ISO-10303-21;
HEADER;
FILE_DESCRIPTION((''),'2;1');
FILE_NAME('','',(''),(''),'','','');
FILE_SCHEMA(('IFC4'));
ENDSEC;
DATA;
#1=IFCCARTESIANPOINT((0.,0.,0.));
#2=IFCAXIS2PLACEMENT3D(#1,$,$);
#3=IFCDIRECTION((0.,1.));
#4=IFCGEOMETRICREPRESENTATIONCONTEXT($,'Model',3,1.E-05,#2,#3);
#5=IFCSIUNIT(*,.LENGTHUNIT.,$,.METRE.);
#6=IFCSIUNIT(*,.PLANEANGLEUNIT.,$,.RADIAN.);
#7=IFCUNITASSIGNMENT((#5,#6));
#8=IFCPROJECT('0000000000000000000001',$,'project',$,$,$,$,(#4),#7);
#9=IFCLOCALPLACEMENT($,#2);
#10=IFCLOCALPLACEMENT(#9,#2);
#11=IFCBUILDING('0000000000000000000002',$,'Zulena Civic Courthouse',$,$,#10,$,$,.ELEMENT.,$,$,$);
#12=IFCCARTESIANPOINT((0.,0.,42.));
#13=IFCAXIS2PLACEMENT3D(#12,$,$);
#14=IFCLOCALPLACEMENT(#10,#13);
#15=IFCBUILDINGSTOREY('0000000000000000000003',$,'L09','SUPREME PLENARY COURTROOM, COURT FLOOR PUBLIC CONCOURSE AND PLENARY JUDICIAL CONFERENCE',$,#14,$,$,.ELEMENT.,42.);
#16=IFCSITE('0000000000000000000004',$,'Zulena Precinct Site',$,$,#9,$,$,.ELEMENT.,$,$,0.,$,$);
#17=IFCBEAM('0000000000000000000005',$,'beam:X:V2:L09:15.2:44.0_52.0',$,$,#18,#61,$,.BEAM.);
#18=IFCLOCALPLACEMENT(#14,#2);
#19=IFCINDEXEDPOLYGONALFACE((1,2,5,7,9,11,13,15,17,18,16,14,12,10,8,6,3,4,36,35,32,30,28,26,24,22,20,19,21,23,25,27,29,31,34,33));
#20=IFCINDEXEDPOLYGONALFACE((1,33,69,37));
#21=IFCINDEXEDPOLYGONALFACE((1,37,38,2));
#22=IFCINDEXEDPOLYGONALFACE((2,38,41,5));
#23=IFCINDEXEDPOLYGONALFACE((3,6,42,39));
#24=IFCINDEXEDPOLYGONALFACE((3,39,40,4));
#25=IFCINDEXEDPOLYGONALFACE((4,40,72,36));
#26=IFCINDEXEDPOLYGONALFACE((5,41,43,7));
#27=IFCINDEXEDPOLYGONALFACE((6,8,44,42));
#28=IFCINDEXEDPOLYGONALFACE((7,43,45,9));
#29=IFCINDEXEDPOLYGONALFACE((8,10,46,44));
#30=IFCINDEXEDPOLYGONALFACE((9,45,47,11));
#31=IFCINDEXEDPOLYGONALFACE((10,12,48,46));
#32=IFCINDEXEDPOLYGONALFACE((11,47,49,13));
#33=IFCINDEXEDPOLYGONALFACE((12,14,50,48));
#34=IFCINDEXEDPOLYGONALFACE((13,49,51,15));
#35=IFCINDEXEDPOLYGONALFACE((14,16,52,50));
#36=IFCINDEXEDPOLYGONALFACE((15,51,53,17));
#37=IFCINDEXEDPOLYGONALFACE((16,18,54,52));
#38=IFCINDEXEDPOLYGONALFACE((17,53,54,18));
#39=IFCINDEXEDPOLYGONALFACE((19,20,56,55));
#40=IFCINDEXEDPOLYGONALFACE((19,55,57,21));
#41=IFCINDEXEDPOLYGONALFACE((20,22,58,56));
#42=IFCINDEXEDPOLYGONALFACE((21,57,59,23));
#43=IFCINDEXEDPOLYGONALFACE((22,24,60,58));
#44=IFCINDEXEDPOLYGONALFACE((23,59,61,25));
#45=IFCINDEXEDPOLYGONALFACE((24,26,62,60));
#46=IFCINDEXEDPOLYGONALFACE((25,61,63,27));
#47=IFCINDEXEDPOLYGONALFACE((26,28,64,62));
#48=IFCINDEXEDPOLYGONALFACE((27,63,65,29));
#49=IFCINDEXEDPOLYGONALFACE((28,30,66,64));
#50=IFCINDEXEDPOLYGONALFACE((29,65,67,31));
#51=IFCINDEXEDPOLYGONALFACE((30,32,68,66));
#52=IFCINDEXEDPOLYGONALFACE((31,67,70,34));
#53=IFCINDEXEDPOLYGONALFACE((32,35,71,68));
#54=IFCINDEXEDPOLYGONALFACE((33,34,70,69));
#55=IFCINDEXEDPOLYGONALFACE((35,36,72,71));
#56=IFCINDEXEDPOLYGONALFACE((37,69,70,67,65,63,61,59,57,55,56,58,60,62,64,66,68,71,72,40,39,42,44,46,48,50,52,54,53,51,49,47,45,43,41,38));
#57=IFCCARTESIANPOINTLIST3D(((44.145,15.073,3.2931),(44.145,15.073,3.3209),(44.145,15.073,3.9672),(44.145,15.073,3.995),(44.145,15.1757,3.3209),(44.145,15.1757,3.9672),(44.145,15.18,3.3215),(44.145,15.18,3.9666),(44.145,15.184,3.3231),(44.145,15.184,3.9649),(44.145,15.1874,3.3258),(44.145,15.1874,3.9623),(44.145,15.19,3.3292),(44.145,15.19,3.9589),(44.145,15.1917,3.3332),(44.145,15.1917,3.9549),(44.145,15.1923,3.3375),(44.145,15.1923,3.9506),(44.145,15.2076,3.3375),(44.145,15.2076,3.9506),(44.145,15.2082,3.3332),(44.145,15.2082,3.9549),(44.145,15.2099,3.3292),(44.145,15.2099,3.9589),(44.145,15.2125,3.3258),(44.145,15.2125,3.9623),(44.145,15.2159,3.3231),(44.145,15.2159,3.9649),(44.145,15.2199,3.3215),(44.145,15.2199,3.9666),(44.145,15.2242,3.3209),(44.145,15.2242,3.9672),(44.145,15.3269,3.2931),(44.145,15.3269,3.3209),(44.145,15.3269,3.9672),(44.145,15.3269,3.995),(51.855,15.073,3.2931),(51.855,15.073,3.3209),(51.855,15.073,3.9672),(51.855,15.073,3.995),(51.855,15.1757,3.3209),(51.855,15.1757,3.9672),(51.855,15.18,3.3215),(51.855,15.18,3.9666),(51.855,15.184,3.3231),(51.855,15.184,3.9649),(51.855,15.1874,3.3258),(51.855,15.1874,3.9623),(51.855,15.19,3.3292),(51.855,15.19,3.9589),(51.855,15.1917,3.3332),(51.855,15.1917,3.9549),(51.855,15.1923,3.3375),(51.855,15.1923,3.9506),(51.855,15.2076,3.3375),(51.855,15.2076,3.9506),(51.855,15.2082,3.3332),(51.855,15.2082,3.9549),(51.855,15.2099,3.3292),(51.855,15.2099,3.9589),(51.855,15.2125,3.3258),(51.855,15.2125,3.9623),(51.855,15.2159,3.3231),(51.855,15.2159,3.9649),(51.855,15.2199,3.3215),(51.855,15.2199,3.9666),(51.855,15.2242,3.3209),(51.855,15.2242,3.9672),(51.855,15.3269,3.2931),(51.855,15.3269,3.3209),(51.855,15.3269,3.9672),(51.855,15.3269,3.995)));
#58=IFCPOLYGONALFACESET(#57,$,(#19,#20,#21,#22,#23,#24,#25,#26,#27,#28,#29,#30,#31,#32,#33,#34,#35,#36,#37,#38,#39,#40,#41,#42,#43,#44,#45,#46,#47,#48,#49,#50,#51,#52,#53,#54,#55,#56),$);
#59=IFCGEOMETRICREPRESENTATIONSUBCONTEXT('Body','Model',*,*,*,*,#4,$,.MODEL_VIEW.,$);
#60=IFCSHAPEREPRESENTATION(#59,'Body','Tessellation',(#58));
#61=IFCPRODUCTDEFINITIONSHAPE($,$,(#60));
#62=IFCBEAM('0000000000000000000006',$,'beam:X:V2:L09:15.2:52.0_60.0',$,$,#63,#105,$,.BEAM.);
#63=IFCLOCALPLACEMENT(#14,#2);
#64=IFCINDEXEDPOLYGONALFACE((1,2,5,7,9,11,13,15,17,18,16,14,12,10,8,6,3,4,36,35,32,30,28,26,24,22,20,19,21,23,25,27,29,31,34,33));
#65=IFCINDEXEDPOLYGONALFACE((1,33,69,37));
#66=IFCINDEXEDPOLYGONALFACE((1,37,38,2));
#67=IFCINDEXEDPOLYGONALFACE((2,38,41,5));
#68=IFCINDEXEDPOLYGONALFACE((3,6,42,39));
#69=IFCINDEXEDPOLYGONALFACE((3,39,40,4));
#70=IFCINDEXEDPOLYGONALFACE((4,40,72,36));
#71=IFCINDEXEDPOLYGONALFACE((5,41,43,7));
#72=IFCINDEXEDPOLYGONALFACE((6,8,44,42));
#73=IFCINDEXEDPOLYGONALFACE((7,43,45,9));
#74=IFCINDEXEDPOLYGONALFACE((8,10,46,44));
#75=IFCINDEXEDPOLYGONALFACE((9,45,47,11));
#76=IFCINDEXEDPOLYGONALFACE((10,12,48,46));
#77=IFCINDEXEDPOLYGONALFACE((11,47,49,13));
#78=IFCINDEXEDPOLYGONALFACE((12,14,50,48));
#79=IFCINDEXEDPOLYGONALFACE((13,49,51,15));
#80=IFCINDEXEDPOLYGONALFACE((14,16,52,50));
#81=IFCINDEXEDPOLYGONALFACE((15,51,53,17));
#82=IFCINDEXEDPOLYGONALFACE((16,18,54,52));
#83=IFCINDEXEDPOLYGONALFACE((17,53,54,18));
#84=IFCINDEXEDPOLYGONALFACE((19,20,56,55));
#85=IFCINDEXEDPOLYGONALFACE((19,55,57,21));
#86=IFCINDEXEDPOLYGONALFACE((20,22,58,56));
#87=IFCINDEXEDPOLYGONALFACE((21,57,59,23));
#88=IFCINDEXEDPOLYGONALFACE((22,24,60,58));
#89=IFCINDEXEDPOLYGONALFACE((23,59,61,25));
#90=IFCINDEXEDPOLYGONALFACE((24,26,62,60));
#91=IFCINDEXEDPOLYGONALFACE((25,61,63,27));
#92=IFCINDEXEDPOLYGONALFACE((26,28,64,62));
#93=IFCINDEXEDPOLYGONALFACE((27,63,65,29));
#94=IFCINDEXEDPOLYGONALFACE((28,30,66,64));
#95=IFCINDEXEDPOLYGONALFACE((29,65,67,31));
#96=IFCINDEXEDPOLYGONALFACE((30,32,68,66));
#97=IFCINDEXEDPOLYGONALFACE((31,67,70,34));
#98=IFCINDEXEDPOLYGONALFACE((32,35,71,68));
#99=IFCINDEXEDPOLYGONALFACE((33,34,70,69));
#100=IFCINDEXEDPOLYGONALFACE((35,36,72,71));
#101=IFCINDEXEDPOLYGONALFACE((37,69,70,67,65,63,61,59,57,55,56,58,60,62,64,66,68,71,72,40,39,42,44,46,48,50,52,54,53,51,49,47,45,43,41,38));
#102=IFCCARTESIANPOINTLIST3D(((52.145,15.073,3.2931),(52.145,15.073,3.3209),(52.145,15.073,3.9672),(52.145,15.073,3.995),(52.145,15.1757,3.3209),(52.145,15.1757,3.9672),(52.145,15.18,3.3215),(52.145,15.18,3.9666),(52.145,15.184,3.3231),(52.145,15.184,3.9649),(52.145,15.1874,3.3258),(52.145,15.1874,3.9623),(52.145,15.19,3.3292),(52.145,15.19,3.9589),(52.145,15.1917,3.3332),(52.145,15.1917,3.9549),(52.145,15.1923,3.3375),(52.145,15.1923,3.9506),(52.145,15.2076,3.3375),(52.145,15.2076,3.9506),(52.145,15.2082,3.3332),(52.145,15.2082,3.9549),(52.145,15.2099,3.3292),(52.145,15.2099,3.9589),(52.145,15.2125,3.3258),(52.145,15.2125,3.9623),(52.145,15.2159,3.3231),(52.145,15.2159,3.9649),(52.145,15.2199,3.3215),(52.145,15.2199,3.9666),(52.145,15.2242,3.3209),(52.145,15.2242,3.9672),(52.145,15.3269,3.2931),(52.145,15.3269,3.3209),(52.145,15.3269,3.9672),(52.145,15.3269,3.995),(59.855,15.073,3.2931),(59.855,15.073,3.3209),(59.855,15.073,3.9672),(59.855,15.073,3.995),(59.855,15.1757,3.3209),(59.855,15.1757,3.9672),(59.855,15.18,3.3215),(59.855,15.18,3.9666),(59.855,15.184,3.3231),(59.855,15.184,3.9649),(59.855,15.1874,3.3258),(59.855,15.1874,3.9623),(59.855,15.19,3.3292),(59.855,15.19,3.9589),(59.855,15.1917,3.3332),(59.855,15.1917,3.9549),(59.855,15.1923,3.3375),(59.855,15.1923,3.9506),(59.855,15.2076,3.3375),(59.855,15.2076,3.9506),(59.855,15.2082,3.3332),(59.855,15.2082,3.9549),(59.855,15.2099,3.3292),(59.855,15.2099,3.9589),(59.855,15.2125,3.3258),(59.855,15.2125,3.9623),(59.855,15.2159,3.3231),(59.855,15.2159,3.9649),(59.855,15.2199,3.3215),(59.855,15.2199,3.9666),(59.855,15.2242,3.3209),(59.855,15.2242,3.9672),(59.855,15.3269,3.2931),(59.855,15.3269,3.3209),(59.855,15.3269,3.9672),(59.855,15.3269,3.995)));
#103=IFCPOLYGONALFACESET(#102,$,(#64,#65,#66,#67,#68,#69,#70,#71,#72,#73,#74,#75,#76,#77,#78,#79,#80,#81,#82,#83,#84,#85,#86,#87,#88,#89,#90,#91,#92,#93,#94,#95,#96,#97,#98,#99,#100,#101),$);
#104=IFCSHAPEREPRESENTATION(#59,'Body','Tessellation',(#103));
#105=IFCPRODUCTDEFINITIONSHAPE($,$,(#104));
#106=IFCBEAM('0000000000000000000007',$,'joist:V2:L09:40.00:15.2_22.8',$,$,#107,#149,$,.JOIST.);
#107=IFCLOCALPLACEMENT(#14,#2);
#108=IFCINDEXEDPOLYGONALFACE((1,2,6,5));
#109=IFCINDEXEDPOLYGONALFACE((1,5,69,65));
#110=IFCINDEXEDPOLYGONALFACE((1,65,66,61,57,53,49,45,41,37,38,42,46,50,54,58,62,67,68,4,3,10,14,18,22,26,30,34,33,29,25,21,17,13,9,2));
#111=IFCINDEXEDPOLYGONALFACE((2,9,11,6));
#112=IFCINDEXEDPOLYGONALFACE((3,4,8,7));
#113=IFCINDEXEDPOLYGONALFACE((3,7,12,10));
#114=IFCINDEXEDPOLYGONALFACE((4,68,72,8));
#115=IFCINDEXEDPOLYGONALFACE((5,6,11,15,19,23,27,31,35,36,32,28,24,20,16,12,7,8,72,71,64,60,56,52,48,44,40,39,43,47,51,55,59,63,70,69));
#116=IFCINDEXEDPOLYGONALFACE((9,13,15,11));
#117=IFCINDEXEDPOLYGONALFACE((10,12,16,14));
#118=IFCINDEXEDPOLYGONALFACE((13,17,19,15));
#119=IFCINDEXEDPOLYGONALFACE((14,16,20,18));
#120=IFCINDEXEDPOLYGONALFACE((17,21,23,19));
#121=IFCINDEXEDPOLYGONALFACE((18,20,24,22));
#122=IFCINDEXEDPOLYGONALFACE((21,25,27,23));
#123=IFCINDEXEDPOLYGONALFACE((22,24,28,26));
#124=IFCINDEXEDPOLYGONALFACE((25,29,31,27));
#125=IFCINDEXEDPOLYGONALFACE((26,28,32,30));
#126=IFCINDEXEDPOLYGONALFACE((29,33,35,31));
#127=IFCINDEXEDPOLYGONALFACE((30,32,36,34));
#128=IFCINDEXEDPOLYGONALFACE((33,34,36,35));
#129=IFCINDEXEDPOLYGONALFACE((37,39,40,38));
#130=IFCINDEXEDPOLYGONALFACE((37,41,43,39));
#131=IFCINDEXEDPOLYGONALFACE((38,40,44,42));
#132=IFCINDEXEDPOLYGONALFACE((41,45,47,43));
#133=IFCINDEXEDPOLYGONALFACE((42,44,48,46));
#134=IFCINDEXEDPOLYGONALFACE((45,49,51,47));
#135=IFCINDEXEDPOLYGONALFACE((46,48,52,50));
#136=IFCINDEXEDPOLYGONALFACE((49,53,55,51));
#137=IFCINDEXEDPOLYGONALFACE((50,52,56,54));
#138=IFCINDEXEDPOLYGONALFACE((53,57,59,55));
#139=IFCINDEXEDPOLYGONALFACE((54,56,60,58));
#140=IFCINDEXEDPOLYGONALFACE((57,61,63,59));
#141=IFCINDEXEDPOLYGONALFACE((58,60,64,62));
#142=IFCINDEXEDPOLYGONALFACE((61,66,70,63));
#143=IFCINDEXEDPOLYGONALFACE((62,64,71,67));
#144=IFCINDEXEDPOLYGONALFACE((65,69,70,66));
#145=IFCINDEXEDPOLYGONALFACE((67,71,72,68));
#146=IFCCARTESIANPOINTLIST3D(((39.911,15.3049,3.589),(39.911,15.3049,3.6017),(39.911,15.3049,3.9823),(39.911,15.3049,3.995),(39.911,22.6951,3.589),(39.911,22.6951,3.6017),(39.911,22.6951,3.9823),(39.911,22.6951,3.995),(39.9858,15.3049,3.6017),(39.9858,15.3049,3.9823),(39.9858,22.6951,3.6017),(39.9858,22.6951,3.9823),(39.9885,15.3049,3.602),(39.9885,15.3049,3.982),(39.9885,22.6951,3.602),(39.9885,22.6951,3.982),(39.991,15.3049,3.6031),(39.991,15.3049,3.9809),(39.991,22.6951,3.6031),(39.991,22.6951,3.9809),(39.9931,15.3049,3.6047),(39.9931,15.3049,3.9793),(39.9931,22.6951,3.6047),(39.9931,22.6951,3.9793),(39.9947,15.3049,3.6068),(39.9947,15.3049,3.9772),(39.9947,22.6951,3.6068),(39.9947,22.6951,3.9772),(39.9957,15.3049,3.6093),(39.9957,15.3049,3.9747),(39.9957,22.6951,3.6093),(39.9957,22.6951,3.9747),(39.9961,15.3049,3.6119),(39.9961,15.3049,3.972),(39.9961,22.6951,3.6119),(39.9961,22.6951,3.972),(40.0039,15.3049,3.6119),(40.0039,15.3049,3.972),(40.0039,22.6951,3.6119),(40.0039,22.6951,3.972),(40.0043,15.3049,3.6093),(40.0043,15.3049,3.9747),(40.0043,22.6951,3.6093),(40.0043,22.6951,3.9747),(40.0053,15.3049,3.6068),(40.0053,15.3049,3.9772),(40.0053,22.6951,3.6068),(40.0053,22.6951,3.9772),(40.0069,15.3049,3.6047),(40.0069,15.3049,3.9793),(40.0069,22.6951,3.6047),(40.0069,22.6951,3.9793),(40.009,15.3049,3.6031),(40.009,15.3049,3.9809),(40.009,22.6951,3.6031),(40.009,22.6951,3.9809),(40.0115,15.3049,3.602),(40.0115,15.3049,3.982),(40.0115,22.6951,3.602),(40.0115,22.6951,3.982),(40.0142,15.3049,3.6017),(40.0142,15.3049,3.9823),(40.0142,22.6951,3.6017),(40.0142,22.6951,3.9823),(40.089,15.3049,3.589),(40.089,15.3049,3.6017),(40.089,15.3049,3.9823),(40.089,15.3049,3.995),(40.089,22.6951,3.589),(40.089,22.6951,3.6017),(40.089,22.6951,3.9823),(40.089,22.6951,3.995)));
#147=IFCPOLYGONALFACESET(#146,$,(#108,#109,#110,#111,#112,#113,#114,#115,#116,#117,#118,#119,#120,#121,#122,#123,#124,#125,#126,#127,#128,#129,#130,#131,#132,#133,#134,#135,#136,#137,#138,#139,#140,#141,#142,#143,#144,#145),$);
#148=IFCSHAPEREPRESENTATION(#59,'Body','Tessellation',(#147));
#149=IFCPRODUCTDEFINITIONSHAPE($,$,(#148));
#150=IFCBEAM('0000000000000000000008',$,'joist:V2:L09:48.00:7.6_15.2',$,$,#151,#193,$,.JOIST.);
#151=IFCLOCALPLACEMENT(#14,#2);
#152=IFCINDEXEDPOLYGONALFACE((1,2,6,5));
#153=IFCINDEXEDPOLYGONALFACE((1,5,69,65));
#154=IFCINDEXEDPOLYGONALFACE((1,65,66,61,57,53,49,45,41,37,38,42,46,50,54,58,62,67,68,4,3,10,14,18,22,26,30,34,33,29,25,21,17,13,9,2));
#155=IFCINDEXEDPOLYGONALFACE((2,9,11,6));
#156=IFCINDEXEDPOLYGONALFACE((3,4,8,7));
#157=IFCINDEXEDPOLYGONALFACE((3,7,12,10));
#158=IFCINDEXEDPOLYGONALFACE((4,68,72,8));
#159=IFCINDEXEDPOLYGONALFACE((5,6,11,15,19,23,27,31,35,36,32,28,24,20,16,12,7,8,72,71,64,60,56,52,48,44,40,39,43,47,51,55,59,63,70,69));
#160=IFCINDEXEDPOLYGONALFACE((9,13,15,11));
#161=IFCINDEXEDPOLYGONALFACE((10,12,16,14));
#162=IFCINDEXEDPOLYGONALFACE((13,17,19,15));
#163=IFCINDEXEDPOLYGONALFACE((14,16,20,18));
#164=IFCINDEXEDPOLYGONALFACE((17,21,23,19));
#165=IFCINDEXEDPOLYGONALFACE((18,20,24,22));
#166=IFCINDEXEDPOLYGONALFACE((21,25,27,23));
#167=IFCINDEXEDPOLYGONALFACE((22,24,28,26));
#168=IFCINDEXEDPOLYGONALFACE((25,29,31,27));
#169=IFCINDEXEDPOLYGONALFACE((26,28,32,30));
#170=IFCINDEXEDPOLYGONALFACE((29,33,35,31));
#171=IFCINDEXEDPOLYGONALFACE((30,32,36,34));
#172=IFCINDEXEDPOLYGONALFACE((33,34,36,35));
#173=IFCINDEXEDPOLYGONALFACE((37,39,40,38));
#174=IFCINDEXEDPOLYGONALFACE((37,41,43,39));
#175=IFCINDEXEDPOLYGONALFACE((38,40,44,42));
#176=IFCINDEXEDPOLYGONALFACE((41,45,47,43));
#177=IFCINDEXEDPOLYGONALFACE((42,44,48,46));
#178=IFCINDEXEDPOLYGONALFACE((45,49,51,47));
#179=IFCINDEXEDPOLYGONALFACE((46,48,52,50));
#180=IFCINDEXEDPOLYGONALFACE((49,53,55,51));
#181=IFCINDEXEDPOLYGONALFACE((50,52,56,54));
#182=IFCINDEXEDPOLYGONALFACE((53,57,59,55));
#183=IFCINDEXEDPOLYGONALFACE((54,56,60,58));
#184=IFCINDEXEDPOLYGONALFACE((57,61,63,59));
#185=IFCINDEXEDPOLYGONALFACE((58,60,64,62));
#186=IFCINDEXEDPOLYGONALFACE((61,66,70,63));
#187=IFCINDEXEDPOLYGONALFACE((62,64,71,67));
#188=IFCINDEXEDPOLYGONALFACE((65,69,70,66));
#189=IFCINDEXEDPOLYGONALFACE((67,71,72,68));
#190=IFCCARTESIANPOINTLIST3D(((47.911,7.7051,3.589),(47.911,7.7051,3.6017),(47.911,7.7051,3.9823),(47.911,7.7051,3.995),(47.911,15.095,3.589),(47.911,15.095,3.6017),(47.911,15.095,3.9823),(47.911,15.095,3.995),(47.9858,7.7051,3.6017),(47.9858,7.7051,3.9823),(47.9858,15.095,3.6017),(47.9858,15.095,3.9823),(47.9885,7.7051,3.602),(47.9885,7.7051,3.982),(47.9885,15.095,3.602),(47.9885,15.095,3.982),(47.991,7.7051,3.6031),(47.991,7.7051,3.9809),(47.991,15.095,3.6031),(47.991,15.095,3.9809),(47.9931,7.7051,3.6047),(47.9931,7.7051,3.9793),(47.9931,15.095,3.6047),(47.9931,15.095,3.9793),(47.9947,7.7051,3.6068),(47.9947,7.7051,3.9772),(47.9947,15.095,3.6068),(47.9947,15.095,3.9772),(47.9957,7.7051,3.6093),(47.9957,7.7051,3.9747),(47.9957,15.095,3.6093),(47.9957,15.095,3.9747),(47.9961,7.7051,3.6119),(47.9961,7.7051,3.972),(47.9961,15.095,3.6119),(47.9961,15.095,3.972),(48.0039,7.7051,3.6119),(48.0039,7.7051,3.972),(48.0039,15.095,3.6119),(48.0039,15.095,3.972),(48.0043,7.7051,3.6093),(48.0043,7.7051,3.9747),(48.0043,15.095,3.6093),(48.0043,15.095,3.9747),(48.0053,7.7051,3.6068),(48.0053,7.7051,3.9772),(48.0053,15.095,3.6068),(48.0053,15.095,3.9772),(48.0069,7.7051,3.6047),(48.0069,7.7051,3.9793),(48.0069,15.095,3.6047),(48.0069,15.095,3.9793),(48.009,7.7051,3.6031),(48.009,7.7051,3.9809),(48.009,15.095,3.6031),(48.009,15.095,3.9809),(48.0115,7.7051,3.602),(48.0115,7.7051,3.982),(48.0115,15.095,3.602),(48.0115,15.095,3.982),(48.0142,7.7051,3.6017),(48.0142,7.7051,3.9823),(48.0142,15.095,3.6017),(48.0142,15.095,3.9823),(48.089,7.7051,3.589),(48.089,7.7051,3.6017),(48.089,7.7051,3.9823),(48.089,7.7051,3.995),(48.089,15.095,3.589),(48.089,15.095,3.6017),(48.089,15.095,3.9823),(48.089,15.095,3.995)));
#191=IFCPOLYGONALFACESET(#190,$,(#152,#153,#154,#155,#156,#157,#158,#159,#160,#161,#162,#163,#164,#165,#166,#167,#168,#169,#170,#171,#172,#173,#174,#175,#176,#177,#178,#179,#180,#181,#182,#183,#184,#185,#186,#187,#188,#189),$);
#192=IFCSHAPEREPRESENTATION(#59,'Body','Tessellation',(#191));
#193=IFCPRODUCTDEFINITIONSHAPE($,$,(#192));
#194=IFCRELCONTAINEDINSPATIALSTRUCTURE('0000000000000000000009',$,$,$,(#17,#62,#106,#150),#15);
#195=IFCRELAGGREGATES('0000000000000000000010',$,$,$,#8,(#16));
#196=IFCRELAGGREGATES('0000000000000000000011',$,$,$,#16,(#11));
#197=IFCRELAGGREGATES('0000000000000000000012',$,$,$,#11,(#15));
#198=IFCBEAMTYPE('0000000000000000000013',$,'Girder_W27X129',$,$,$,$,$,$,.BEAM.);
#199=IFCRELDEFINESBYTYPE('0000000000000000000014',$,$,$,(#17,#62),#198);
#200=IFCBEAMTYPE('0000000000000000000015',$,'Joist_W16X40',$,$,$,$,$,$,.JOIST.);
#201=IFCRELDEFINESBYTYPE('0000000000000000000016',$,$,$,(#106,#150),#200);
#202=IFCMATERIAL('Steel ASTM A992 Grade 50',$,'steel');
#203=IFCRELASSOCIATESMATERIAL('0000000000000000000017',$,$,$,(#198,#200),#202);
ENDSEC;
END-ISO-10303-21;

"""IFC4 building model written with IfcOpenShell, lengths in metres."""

from ifc_helpers import new_model, si_unit, direction, frame, origin, origin_2d, place, context, subcontext, project, spatial, i_section, extrude, material, material_profile, profile_set, type_object, element, save


model = new_model("IFC4")

# Units and contexts
model_context = context("Model", 3, precision=1e-05, world=origin(), true_north=direction((0.0, 1.0)))
body_context = subcontext(model_context, "Body", "Model", "MODEL_VIEW")
ifc_project = project(units=[si_unit("LENGTHUNIT", "METRE"), si_unit("PLANEANGLEUNIT", "RADIAN")], contexts=[model_context])

# Site, building, storey
site_placement = place(None, origin())
site = spatial("IfcSite", under=ifc_project, at=site_placement, Name="Zulena Precinct Site", CompositionType="ELEMENT", RefElevation=0.0)
building_placement = place(site_placement, origin())
building = spatial("IfcBuilding", under=site, at=building_placement, Name="Zulena Civic Courthouse", CompositionType="ELEMENT")
storey_placement = place(building_placement, frame((0.0, 0.0, 42.0)))
storey = spatial("IfcBuildingStorey", under=building, at=storey_placement, Name="L09", Description="SUPREME PLENARY COURTROOM, COURT FLOOR PUBLIC CONCOURSE AND PLENARY JUDICIAL CONFERENCE", CompositionType="ELEMENT", Elevation=42.0)

# Shared definitions
ifc_material_1 = material(Name="Steel ASTM A992 Grade 50", Category="steel")

# Beams
ifc_material_profile_1 = material_profile(ifc_material_1, i_section(OverallWidth=0.2539, OverallDepth=0.7019, WebThickness=0.0154, FlangeThickness=0.0278, FilletRadius=0.0166, at=origin_2d()), Name="W27X129")
ifc_profile_set_1 = profile_set([ifc_material_profile_1], Name="Steel ASTM A992 Grade 50")
beam_type_1 = type_object("IfcBeamType", Name="Girder_W27X129", PredefinedType="BEAM", material=ifc_profile_set_1)
for number, where, z_axis, x_axis, name in (
    (1, (44.145, 15.2, 3.644), (1.0, 0.0, 0.0), (0.0, 1.0, 0.0), "beam:X:V2:L09:15.2:44.0_52.0"),
    (2, (52.145, 15.2, 3.644), (1.0, 0.0, 0.0), (0.0, 1.0, 0.0), "beam:X:V2:L09:15.2:52.0_60.0"),
):
    element("IfcBeam", number, at=place(storey_placement, frame(where, z_axis=z_axis, x_axis=x_axis)), inside=storey, type_object=beam_type_1, Name=name, PredefinedType="BEAM", context=body_context, shape_type="SweptSolid", body=[
        extrude(i_section(OverallWidth=0.2539, OverallDepth=0.7019, WebThickness=0.0154, FlangeThickness=0.0278, FilletRadius=0.0166, at=origin_2d()), origin(), (0.0, 0.0, 1.0), 7.71),
    ])
ifc_material_profile_2 = material_profile(ifc_material_1, i_section(OverallWidth=0.178, OverallDepth=0.406, WebThickness=0.0078, FlangeThickness=0.0127, FilletRadius=0.0103, at=origin_2d()), Name="W16X40")
ifc_profile_set_2 = profile_set([ifc_material_profile_2], Name="Steel ASTM A992 Grade 50")
beam_type_2 = type_object("IfcBeamType", Name="Joist_W16X40", PredefinedType="JOIST", material=ifc_profile_set_2)
beam_1_placement = place(storey_placement, frame((40.0, 15.3049, 3.792), z_axis=(0.0, 1.0, 0.0), x_axis=(-1.0, 0.0, 0.0)))
element("IfcBeam", 3, at=beam_1_placement, inside=storey, type_object=beam_type_2, Name="joist:V2:L09:40.00:15.2_22.8", PredefinedType="JOIST", context=body_context, shape_type="SweptSolid", body=[
    extrude(i_section(OverallWidth=0.178, OverallDepth=0.406, WebThickness=0.0078, FlangeThickness=0.0127, FilletRadius=0.0103, at=origin_2d()), origin(), (0.0, 0.0, 1.0), 7.3901),
])
beam_2_placement = place(storey_placement, frame((48.0, 7.7051, 3.792), z_axis=(0.0, 1.0, 0.0), x_axis=(-1.0, 0.0, 0.0)))
element("IfcBeam", 4, at=beam_2_placement, inside=storey, type_object=beam_type_2, Name="joist:V2:L09:48.00:7.6_15.2", PredefinedType="JOIST", context=body_context, shape_type="SweptSolid", body=[
    extrude(i_section(OverallWidth=0.178, OverallDepth=0.406, WebThickness=0.0078, FlangeThickness=0.0127, FilletRadius=0.0103, at=origin_2d()), origin(), (0.0, 0.0, 1.0), 7.3899),
])

save(model, "model.ifc")
